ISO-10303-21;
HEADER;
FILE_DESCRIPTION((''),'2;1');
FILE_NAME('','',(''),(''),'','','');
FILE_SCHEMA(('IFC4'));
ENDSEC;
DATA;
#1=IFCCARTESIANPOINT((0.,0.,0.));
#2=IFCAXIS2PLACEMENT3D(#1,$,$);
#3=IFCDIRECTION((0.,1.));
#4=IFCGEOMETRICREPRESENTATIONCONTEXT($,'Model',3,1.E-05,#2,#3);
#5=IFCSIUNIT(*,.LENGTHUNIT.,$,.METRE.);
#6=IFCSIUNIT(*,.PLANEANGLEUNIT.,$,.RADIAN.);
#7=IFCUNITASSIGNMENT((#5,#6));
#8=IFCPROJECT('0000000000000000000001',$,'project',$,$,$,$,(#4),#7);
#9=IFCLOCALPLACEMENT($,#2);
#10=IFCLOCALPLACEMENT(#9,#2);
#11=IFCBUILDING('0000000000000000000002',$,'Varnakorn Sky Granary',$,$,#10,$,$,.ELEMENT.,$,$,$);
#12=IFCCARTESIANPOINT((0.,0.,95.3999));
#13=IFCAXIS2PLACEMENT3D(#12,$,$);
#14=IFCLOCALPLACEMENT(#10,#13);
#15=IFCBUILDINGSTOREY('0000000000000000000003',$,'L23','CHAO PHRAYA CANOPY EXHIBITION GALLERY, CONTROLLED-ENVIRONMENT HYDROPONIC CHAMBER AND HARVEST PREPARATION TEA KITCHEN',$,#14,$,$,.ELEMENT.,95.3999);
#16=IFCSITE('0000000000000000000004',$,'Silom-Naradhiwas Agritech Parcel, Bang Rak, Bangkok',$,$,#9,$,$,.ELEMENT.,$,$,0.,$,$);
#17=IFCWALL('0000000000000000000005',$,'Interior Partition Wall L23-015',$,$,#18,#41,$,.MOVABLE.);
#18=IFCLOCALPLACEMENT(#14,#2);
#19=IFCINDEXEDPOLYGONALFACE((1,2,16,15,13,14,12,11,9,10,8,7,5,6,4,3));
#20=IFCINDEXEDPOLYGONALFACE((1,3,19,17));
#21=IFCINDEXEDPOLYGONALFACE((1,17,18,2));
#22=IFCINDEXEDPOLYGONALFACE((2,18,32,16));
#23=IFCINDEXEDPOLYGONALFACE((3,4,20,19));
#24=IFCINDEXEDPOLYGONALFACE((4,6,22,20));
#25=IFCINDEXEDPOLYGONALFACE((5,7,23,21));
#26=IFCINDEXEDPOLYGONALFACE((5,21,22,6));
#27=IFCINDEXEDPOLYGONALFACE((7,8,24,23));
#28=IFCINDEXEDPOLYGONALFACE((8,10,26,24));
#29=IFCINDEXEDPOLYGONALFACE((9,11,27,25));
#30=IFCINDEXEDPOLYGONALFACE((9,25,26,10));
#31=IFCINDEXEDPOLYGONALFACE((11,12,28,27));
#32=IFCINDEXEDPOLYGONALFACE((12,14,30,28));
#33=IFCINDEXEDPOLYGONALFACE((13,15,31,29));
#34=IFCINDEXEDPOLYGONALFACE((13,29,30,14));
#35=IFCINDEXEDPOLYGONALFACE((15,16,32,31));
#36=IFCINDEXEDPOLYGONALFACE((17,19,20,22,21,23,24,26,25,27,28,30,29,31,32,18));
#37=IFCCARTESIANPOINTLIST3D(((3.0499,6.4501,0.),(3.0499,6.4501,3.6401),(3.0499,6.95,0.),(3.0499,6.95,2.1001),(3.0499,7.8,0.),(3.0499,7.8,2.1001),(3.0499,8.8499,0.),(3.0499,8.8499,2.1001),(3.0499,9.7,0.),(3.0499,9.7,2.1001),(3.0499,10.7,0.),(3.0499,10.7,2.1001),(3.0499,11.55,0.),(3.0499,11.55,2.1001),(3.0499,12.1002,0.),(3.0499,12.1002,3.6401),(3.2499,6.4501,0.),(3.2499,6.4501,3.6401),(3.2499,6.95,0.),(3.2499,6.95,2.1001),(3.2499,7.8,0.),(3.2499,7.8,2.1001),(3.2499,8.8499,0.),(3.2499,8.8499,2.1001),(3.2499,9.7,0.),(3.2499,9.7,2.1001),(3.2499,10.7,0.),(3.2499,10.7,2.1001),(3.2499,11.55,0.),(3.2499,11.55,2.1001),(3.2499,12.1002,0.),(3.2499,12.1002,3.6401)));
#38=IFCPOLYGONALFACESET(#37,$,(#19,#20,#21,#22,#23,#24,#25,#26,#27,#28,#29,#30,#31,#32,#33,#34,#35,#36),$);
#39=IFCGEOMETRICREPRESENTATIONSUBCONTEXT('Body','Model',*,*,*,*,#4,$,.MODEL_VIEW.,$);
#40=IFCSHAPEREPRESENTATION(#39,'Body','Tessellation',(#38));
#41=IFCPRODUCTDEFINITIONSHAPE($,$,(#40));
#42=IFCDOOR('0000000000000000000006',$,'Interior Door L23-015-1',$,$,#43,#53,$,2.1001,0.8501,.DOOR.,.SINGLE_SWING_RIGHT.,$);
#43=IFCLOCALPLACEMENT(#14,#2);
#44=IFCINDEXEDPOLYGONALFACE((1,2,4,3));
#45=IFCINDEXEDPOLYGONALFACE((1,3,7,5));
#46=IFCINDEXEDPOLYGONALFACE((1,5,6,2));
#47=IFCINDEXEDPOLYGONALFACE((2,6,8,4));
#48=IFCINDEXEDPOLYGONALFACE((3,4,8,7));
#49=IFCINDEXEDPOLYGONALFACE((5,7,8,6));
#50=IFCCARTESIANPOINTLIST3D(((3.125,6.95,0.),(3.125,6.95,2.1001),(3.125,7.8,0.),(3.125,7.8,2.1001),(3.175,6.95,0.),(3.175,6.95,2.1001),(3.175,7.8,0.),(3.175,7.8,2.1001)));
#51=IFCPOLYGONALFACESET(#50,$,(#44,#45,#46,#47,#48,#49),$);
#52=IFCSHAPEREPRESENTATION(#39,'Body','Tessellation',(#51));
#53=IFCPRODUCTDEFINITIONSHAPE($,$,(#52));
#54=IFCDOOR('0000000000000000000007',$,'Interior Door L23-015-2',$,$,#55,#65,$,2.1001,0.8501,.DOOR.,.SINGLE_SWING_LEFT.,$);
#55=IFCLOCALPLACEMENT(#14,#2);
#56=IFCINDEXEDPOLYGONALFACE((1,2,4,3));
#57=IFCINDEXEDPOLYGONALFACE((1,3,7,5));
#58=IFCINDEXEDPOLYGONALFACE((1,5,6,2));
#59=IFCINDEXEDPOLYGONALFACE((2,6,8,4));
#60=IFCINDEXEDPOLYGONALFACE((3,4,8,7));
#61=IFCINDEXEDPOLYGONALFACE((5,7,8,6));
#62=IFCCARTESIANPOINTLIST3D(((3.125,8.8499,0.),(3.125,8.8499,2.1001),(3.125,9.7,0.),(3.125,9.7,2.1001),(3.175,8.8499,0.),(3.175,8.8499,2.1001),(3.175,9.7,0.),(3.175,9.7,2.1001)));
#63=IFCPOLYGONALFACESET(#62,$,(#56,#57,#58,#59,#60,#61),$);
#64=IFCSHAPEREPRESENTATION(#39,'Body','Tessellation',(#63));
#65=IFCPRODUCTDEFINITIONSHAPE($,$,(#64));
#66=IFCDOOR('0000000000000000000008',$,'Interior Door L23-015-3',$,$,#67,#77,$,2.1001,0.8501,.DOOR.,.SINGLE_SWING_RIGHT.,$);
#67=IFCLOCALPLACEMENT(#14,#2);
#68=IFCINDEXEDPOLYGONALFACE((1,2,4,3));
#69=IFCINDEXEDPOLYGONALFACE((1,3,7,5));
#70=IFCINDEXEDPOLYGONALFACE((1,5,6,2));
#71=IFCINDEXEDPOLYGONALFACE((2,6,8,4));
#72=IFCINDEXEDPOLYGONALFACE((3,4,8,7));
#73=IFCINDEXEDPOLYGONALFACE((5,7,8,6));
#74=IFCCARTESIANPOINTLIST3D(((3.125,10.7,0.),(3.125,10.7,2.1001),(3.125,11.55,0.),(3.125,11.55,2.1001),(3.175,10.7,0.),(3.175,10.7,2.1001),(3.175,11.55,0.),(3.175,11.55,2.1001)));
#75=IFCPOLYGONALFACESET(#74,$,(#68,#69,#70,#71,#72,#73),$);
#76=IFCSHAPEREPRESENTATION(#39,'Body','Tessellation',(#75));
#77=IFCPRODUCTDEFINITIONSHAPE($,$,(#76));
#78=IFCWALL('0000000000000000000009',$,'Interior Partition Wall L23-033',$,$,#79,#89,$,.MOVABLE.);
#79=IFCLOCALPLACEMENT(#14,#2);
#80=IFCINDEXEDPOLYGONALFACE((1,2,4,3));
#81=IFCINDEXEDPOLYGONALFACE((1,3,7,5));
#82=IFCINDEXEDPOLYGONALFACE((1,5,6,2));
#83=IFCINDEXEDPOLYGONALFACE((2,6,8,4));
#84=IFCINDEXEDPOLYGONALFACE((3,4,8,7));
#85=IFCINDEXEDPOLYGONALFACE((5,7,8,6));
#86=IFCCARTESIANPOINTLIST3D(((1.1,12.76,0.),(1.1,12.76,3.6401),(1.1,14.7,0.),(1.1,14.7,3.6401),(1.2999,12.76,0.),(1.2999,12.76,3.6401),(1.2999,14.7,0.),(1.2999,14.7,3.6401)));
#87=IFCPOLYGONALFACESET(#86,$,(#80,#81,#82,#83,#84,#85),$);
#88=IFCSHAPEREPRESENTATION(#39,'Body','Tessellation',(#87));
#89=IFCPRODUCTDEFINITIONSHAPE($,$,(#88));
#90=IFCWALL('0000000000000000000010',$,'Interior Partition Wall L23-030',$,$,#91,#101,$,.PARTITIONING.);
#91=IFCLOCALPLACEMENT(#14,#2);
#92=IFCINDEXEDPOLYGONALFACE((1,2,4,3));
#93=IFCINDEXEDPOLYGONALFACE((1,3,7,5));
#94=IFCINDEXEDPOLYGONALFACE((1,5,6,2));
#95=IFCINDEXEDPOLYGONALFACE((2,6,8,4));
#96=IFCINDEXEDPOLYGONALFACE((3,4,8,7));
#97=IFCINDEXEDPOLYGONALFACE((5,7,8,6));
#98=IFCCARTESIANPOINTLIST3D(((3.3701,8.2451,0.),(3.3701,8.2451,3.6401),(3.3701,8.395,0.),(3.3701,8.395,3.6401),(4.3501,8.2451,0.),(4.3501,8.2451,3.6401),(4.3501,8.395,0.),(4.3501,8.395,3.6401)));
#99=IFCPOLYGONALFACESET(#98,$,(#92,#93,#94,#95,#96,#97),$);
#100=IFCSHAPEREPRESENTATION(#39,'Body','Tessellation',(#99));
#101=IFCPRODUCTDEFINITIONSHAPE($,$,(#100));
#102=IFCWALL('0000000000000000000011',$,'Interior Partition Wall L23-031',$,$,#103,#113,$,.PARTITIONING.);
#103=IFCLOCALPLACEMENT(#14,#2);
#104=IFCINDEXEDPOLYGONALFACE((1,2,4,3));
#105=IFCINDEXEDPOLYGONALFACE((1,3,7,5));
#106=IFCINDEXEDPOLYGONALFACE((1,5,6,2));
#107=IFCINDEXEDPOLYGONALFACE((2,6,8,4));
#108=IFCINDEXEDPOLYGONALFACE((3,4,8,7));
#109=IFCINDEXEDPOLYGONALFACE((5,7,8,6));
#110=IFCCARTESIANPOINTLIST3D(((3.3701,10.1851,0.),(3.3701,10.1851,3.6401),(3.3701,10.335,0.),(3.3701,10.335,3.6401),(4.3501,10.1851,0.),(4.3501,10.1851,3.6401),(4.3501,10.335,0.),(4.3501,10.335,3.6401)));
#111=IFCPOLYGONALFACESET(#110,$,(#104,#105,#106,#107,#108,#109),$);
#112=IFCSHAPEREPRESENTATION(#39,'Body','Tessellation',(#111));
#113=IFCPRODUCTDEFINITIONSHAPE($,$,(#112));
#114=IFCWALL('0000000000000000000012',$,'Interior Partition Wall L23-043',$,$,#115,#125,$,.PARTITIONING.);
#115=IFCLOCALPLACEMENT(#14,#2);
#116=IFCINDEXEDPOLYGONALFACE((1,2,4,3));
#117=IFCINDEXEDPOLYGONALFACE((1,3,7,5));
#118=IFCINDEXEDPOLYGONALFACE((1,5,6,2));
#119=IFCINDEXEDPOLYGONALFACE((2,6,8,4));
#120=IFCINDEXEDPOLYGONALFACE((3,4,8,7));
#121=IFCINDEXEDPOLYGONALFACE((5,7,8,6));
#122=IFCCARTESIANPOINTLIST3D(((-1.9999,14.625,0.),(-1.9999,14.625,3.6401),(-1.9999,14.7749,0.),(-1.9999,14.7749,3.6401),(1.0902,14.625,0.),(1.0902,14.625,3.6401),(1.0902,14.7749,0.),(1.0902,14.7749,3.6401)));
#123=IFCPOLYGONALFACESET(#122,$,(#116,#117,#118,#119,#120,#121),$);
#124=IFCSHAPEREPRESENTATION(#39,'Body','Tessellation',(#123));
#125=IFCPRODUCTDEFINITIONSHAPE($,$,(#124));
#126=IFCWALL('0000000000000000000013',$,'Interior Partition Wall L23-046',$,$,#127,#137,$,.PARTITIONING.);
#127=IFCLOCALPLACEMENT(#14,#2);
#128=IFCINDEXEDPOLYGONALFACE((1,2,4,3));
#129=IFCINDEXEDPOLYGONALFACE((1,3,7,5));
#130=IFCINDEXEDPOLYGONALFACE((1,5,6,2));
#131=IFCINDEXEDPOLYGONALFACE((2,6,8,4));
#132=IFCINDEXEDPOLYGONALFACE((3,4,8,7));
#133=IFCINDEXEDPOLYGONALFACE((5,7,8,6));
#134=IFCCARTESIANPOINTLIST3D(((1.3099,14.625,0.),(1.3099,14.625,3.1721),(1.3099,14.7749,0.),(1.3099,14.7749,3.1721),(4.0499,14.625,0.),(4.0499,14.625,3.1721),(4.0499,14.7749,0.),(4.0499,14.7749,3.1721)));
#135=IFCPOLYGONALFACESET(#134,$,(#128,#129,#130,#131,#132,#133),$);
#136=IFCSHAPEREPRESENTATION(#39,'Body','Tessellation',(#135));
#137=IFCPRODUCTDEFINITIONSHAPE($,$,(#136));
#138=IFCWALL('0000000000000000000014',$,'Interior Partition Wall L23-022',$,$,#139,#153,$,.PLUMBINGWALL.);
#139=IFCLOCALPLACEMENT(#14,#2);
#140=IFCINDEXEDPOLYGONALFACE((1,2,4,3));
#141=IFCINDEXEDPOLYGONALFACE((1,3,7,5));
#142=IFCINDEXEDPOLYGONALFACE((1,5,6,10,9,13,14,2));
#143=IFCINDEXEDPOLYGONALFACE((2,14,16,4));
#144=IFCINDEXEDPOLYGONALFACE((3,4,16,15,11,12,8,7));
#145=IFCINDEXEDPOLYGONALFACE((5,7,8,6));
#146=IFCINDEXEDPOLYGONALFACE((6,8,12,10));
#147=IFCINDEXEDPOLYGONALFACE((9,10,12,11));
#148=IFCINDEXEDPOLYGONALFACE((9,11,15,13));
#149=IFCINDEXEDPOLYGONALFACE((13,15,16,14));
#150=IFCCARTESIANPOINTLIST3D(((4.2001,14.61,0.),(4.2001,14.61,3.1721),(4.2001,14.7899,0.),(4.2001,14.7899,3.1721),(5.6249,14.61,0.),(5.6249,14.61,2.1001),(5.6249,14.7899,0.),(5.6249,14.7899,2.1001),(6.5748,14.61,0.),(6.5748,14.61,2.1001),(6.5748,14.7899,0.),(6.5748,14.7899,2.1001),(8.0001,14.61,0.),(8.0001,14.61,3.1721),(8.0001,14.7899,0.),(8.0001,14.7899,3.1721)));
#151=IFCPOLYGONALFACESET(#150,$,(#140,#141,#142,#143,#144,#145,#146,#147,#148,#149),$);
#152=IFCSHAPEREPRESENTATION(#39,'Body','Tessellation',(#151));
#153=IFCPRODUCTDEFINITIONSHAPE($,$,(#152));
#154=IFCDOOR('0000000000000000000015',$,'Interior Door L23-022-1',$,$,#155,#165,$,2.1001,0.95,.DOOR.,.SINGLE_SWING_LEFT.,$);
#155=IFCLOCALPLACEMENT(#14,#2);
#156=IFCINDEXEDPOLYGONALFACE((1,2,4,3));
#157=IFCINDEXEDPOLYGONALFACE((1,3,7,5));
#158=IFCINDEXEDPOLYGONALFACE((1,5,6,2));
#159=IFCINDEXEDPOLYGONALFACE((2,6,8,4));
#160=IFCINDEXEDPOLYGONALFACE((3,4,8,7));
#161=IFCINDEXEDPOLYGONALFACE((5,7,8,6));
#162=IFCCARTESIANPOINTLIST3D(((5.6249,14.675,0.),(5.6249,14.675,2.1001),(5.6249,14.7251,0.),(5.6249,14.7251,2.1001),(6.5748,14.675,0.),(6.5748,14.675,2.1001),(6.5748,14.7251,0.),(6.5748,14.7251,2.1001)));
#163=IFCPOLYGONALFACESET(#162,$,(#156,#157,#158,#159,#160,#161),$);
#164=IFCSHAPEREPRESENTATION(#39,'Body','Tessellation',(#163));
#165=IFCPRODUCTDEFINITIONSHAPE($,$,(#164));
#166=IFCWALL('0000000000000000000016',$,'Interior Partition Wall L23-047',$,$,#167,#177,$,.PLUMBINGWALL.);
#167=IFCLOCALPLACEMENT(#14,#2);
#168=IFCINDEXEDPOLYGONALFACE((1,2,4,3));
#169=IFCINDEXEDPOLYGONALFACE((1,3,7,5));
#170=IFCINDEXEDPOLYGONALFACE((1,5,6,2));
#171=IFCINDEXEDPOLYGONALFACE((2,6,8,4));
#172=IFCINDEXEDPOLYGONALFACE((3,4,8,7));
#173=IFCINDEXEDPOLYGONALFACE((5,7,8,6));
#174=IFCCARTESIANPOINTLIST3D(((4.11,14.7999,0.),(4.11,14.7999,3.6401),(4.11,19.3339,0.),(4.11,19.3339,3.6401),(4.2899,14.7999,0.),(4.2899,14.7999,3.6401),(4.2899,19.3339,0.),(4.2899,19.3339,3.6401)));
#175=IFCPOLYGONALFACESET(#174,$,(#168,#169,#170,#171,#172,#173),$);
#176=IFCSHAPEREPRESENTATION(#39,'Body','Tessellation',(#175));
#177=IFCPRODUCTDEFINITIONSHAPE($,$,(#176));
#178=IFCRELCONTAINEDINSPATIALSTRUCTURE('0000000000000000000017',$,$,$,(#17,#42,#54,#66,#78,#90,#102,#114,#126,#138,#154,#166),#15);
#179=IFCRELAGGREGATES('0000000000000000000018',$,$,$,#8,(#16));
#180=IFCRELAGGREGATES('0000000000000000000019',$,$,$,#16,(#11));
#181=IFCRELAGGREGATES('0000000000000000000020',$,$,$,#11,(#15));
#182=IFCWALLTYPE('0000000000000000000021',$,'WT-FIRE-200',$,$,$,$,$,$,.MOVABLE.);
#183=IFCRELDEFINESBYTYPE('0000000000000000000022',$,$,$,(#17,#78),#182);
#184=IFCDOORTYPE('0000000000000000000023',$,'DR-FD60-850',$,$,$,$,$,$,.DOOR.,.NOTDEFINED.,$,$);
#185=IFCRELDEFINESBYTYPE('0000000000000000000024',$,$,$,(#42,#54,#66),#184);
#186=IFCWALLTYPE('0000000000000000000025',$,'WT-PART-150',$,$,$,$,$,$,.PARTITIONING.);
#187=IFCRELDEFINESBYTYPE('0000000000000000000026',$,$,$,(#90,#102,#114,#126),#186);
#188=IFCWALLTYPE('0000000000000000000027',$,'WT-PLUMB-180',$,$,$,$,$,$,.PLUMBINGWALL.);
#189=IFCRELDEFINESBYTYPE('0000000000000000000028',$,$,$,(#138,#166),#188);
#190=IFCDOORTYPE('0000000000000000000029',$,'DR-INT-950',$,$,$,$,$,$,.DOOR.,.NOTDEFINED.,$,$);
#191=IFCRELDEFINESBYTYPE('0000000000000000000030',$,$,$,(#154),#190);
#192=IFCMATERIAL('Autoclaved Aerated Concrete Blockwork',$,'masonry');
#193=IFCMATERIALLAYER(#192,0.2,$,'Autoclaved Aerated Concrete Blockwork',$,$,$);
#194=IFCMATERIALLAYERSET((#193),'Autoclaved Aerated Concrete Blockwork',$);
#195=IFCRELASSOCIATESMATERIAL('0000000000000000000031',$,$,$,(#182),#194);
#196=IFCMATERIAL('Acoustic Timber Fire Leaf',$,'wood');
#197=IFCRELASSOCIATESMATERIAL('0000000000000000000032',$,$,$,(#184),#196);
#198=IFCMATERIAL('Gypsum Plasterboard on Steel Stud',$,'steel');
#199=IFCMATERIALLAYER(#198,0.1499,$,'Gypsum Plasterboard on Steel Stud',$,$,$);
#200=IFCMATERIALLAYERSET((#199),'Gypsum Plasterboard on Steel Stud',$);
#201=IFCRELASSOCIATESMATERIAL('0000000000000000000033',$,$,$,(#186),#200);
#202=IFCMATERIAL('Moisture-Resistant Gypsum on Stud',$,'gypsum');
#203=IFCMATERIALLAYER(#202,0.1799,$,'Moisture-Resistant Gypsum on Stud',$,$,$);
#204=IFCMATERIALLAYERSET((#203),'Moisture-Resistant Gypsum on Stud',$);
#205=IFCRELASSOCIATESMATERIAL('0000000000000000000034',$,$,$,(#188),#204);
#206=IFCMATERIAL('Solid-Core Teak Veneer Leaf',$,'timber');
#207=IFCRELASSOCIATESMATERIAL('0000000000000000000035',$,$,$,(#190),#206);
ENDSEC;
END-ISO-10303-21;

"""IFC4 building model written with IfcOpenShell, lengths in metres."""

from ifc_helpers import new_model, si_unit, direction, frame, frame_2d, origin, place, context, subcontext, project, spatial, rectangle, extrude, material, layer, layer_set, type_object, element, fill, save


model = new_model("IFC4")

# Units and contexts
model_context = context("Model", 3, precision=1e-05, world=origin(), true_north=direction((0.0, 1.0)))
body_context = subcontext(model_context, "Body", "Model", "MODEL_VIEW")
ifc_project = project(units=[si_unit("LENGTHUNIT", "METRE"), si_unit("PLANEANGLEUNIT", "RADIAN")], contexts=[model_context])

# Site, building, storey
site_placement = place(None, origin())
site = spatial("IfcSite", under=ifc_project, at=site_placement, Name="Silom-Naradhiwas Agritech Parcel, Bang Rak, Bangkok", CompositionType="ELEMENT", RefElevation=0.0)
building_placement = place(site_placement, origin())
building = spatial("IfcBuilding", under=site, at=building_placement, Name="Varnakorn Sky Granary", CompositionType="ELEMENT")
storey_placement = place(building_placement, frame((0.0, 0.0, 95.3999)))
storey = spatial("IfcBuildingStorey", under=building, at=storey_placement, Name="L23", Description="CHAO PHRAYA CANOPY EXHIBITION GALLERY, CONTROLLED-ENVIRONMENT HYDROPONIC CHAMBER AND HARVEST PREPARATION TEA KITCHEN", CompositionType="ELEMENT", Elevation=95.3999)

# Wall, openings, doors
ifc_material_1 = material(Name="Autoclaved Aerated Concrete Blockwork", Category="masonry")
ifc_layer_1 = layer(ifc_material_1, 0.2, Name="Autoclaved Aerated Concrete Blockwork")
ifc_layer_set_1 = layer_set([ifc_layer_1], Name="Autoclaved Aerated Concrete Blockwork")
wall_type_1 = type_object("IfcWallType", Name="WT-FIRE-200", PredefinedType="MOVABLE", material=ifc_layer_set_1)
wall_1_placement = place(storey_placement, frame((3.1499, 6.45, 0.0), z_axis=(0.0, 0.0, 1.0), x_axis=(0.0, 1.0, 0.0)))
wall_1 = element("IfcWall", 1, at=wall_1_placement, inside=storey, type_object=wall_type_1, Name="Interior Partition Wall L23-015", PredefinedType="MOVABLE", context=body_context, shape_type="SweptSolid", body=[
    extrude(rectangle(XDim=5.6501, YDim=0.2, at=frame_2d((2.8252, 0.0))), origin(), (0.0, 0.0, 1.0), 3.6401),
])
opening_1_placement = place(wall_1_placement, frame((0.5, 0.0, 0.0)))
opening_1 = element("IfcOpeningElement", 2, at=opening_1_placement, cuts=wall_1, PredefinedType="OPENING", context=body_context, shape_type="SweptSolid", body=[
    extrude(rectangle(XDim=0.8501, YDim=2.1001, at=frame_2d((0.425, 1.05))), frame((0.0, 0.1099, 0.0), z_axis=(0.0, -1.0, 0.0), x_axis=(1.0, 0.0, 0.0)), (0.0, 0.0, 1.0), 0.22),
])
opening_2_placement = place(wall_1_placement, frame((2.3999, 0.0, 0.0)))
opening_2 = element("IfcOpeningElement", 3, at=opening_2_placement, cuts=wall_1, PredefinedType="OPENING", context=body_context, shape_type="SweptSolid", body=[
    extrude(rectangle(XDim=0.8501, YDim=2.1001, at=frame_2d((0.425, 1.05))), frame((0.0, 0.1099, 0.0), z_axis=(0.0, -1.0, 0.0), x_axis=(1.0, 0.0, 0.0)), (0.0, 0.0, 1.0), 0.22),
])
opening_3_placement = place(wall_1_placement, frame((4.25, 0.0, 0.0)))
opening_3 = element("IfcOpeningElement", 4, at=opening_3_placement, cuts=wall_1, PredefinedType="OPENING", context=body_context, shape_type="SweptSolid", body=[
    extrude(rectangle(XDim=0.8501, YDim=2.1001, at=frame_2d((0.425, 1.05))), frame((0.0, 0.1099, 0.0), z_axis=(0.0, -1.0, 0.0), x_axis=(1.0, 0.0, 0.0)), (0.0, 0.0, 1.0), 0.22),
])
ifc_material_2 = material(Name="Acoustic Timber Fire Leaf", Category="wood")
door_type_1 = type_object("IfcDoorType", Name="DR-FD60-850", OperationType="NOTDEFINED", PredefinedType="DOOR", material=ifc_material_2)
door_1_placement = place(opening_1_placement, origin())
door_1 = element("IfcDoor", 5, at=door_1_placement, inside=storey, type_object=door_type_1, Name="Interior Door L23-015-1", OperationType="SINGLE_SWING_RIGHT", OverallHeight=2.1001, OverallWidth=0.8501, PredefinedType="DOOR", context=body_context, shape_type="SweptSolid", body=[
    extrude(rectangle(XDim=0.8501, YDim=2.1001, at=frame_2d((0.425, 1.05))), frame((0.0, 0.0249, 0.0), z_axis=(0.0, -1.0, 0.0), x_axis=(1.0, 0.0, 0.0)), (0.0, 0.0, 1.0), 0.05),
])
fill(opening_1, door_1)
door_2_placement = place(opening_2_placement, origin())
door_2 = element("IfcDoor", 6, at=door_2_placement, inside=storey, type_object=door_type_1, Name="Interior Door L23-015-2", OperationType="SINGLE_SWING_LEFT", OverallHeight=2.1001, OverallWidth=0.8501, PredefinedType="DOOR", context=body_context, shape_type="SweptSolid", body=[
    extrude(rectangle(XDim=0.8501, YDim=2.1001, at=frame_2d((0.425, 1.05))), frame((0.0, 0.0249, 0.0), z_axis=(0.0, -1.0, 0.0), x_axis=(1.0, 0.0, 0.0)), (0.0, 0.0, 1.0), 0.05),
])
fill(opening_2, door_2)
door_3_placement = place(opening_3_placement, origin())
door_3 = element("IfcDoor", 7, at=door_3_placement, inside=storey, type_object=door_type_1, Name="Interior Door L23-015-3", OperationType="SINGLE_SWING_RIGHT", OverallHeight=2.1001, OverallWidth=0.8501, PredefinedType="DOOR", context=body_context, shape_type="SweptSolid", body=[
    extrude(rectangle(XDim=0.8501, YDim=2.1001, at=frame_2d((0.425, 1.05))), frame((0.0, 0.0249, 0.0), z_axis=(0.0, -1.0, 0.0), x_axis=(1.0, 0.0, 0.0)), (0.0, 0.0, 1.0), 0.05),
])
fill(opening_3, door_3)

# Walls
wall_2_placement = place(storey_placement, frame((1.2, 14.7, 0.0), z_axis=(0.0, 0.0, 1.0), x_axis=(0.0, -1.0, 0.0)))
element("IfcWall", 8, at=wall_2_placement, inside=storey, type_object=wall_type_1, Name="Interior Partition Wall L23-033", PredefinedType="MOVABLE", context=body_context, shape_type="SweptSolid", body=[
    extrude(rectangle(XDim=1.9399, YDim=0.2, at=frame_2d((0.97, 0.0))), origin(), (0.0, 0.0, 1.0), 3.6401),
])
ifc_material_3 = material(Name="Gypsum Plasterboard on Steel Stud", Category="steel")
ifc_layer_2 = layer(ifc_material_3, 0.1499, Name="Gypsum Plasterboard on Steel Stud")
ifc_layer_set_2 = layer_set([ifc_layer_2], Name="Gypsum Plasterboard on Steel Stud")
wall_type_2 = type_object("IfcWallType", Name="WT-PART-150", PredefinedType="PARTITIONING", material=ifc_layer_set_2)
for number, where, z_axis, x_axis, name in (
    (9, (3.3701, 8.3201, 0.0), (0.0, 0.0, 1.0), (1.0, 0.0, 0.0), "Interior Partition Wall L23-030"),
    (10, (3.3701, 10.26, 0.0), (0.0, 0.0, 1.0), (1.0, 0.0, 0.0), "Interior Partition Wall L23-031"),
):
    element("IfcWall", number, at=place(storey_placement, frame(where, z_axis=z_axis, x_axis=x_axis)), inside=storey, type_object=wall_type_2, Name=name, PredefinedType="PARTITIONING", context=body_context, shape_type="SweptSolid", body=[
        extrude(rectangle(XDim=0.98, YDim=0.1499, at=frame_2d((0.49, 0.0))), origin(), (0.0, 0.0, 1.0), 3.6401),
    ])
wall_3_placement = place(storey_placement, frame((1.0901, 14.7, 0.0), z_axis=(0.0, 0.0, 1.0), x_axis=(-1.0, 0.0, 0.0)))
element("IfcWall", 11, at=wall_3_placement, inside=storey, type_object=wall_type_2, Name="Interior Partition Wall L23-043", PredefinedType="PARTITIONING", context=body_context, shape_type="SweptSolid", body=[
    extrude(rectangle(XDim=3.0901, YDim=0.1499, at=frame_2d((1.5449, 0.0))), origin(), (0.0, 0.0, 1.0), 3.6401),
])
wall_4_placement = place(storey_placement, frame((4.05, 14.7, 0.0), z_axis=(0.0, 0.0, 1.0), x_axis=(-1.0, 0.0, 0.0)))
element("IfcWall", 12, at=wall_4_placement, inside=storey, type_object=wall_type_2, Name="Interior Partition Wall L23-046", PredefinedType="PARTITIONING", context=body_context, shape_type="SweptSolid", body=[
    extrude(rectangle(XDim=2.74, YDim=0.1499, at=frame_2d((1.3701, 0.0))), origin(), (0.0, 0.0, 1.0), 3.1721),
])

# Wall, opening, door
ifc_material_4 = material(Name="Moisture-Resistant Gypsum on Stud", Category="gypsum")
ifc_layer_3 = layer(ifc_material_4, 0.1799, Name="Moisture-Resistant Gypsum on Stud")
ifc_layer_set_3 = layer_set([ifc_layer_3], Name="Moisture-Resistant Gypsum on Stud")
wall_type_3 = type_object("IfcWallType", Name="WT-PLUMB-180", PredefinedType="PLUMBINGWALL", material=ifc_layer_set_3)
wall_5_placement = place(storey_placement, frame((8.0, 14.7, 0.0), z_axis=(0.0, 0.0, 1.0), x_axis=(-1.0, 0.0, 0.0)))
wall_5 = element("IfcWall", 13, at=wall_5_placement, inside=storey, type_object=wall_type_3, Name="Interior Partition Wall L23-022", PredefinedType="PLUMBINGWALL", context=body_context, shape_type="SweptSolid", body=[
    extrude(rectangle(XDim=3.8, YDim=0.1799, at=frame_2d((1.8999, 0.0))), origin(), (0.0, 0.0, 1.0), 3.1721),
])
opening_4_placement = place(wall_5_placement, frame((1.425, 0.0, 0.0)))
opening_4 = element("IfcOpeningElement", 14, at=opening_4_placement, cuts=wall_5, PredefinedType="OPENING", context=body_context, shape_type="SweptSolid", body=[
    extrude(rectangle(XDim=0.95, YDim=2.1001, at=frame_2d((0.4751, 1.05))), frame((0.0, 0.1001, 0.0), z_axis=(0.0, -1.0, 0.0), x_axis=(1.0, 0.0, 0.0)), (0.0, 0.0, 1.0), 0.2),
])
ifc_material_5 = material(Name="Solid-Core Teak Veneer Leaf", Category="timber")
door_type_2 = type_object("IfcDoorType", Name="DR-INT-950", OperationType="NOTDEFINED", PredefinedType="DOOR", material=ifc_material_5)
door_4_placement = place(opening_4_placement, origin())
door_4 = element("IfcDoor", 15, at=door_4_placement, inside=storey, type_object=door_type_2, Name="Interior Door L23-022-1", OperationType="SINGLE_SWING_LEFT", OverallHeight=2.1001, OverallWidth=0.95, PredefinedType="DOOR", context=body_context, shape_type="SweptSolid", body=[
    extrude(rectangle(XDim=0.95, YDim=2.1001, at=frame_2d((0.4751, 1.05))), frame((0.0, 0.0249, 0.0), z_axis=(0.0, -1.0, 0.0), x_axis=(1.0, 0.0, 0.0)), (0.0, 0.0, 1.0), 0.05),
])
fill(opening_4, door_4)

# Wall
wall_6_placement = place(storey_placement, frame((4.2, 19.334, 0.0), z_axis=(0.0, 0.0, 1.0), x_axis=(0.0, -1.0, 0.0)))
element("IfcWall", 16, at=wall_6_placement, inside=storey, type_object=wall_type_3, Name="Interior Partition Wall L23-047", PredefinedType="PLUMBINGWALL", context=body_context, shape_type="SweptSolid", body=[
    extrude(rectangle(XDim=4.5339, YDim=0.1799, at=frame_2d((2.2671, 0.0))), origin(), (0.0, 0.0, 1.0), 3.6401),
])

save(model, "model.ifc")
